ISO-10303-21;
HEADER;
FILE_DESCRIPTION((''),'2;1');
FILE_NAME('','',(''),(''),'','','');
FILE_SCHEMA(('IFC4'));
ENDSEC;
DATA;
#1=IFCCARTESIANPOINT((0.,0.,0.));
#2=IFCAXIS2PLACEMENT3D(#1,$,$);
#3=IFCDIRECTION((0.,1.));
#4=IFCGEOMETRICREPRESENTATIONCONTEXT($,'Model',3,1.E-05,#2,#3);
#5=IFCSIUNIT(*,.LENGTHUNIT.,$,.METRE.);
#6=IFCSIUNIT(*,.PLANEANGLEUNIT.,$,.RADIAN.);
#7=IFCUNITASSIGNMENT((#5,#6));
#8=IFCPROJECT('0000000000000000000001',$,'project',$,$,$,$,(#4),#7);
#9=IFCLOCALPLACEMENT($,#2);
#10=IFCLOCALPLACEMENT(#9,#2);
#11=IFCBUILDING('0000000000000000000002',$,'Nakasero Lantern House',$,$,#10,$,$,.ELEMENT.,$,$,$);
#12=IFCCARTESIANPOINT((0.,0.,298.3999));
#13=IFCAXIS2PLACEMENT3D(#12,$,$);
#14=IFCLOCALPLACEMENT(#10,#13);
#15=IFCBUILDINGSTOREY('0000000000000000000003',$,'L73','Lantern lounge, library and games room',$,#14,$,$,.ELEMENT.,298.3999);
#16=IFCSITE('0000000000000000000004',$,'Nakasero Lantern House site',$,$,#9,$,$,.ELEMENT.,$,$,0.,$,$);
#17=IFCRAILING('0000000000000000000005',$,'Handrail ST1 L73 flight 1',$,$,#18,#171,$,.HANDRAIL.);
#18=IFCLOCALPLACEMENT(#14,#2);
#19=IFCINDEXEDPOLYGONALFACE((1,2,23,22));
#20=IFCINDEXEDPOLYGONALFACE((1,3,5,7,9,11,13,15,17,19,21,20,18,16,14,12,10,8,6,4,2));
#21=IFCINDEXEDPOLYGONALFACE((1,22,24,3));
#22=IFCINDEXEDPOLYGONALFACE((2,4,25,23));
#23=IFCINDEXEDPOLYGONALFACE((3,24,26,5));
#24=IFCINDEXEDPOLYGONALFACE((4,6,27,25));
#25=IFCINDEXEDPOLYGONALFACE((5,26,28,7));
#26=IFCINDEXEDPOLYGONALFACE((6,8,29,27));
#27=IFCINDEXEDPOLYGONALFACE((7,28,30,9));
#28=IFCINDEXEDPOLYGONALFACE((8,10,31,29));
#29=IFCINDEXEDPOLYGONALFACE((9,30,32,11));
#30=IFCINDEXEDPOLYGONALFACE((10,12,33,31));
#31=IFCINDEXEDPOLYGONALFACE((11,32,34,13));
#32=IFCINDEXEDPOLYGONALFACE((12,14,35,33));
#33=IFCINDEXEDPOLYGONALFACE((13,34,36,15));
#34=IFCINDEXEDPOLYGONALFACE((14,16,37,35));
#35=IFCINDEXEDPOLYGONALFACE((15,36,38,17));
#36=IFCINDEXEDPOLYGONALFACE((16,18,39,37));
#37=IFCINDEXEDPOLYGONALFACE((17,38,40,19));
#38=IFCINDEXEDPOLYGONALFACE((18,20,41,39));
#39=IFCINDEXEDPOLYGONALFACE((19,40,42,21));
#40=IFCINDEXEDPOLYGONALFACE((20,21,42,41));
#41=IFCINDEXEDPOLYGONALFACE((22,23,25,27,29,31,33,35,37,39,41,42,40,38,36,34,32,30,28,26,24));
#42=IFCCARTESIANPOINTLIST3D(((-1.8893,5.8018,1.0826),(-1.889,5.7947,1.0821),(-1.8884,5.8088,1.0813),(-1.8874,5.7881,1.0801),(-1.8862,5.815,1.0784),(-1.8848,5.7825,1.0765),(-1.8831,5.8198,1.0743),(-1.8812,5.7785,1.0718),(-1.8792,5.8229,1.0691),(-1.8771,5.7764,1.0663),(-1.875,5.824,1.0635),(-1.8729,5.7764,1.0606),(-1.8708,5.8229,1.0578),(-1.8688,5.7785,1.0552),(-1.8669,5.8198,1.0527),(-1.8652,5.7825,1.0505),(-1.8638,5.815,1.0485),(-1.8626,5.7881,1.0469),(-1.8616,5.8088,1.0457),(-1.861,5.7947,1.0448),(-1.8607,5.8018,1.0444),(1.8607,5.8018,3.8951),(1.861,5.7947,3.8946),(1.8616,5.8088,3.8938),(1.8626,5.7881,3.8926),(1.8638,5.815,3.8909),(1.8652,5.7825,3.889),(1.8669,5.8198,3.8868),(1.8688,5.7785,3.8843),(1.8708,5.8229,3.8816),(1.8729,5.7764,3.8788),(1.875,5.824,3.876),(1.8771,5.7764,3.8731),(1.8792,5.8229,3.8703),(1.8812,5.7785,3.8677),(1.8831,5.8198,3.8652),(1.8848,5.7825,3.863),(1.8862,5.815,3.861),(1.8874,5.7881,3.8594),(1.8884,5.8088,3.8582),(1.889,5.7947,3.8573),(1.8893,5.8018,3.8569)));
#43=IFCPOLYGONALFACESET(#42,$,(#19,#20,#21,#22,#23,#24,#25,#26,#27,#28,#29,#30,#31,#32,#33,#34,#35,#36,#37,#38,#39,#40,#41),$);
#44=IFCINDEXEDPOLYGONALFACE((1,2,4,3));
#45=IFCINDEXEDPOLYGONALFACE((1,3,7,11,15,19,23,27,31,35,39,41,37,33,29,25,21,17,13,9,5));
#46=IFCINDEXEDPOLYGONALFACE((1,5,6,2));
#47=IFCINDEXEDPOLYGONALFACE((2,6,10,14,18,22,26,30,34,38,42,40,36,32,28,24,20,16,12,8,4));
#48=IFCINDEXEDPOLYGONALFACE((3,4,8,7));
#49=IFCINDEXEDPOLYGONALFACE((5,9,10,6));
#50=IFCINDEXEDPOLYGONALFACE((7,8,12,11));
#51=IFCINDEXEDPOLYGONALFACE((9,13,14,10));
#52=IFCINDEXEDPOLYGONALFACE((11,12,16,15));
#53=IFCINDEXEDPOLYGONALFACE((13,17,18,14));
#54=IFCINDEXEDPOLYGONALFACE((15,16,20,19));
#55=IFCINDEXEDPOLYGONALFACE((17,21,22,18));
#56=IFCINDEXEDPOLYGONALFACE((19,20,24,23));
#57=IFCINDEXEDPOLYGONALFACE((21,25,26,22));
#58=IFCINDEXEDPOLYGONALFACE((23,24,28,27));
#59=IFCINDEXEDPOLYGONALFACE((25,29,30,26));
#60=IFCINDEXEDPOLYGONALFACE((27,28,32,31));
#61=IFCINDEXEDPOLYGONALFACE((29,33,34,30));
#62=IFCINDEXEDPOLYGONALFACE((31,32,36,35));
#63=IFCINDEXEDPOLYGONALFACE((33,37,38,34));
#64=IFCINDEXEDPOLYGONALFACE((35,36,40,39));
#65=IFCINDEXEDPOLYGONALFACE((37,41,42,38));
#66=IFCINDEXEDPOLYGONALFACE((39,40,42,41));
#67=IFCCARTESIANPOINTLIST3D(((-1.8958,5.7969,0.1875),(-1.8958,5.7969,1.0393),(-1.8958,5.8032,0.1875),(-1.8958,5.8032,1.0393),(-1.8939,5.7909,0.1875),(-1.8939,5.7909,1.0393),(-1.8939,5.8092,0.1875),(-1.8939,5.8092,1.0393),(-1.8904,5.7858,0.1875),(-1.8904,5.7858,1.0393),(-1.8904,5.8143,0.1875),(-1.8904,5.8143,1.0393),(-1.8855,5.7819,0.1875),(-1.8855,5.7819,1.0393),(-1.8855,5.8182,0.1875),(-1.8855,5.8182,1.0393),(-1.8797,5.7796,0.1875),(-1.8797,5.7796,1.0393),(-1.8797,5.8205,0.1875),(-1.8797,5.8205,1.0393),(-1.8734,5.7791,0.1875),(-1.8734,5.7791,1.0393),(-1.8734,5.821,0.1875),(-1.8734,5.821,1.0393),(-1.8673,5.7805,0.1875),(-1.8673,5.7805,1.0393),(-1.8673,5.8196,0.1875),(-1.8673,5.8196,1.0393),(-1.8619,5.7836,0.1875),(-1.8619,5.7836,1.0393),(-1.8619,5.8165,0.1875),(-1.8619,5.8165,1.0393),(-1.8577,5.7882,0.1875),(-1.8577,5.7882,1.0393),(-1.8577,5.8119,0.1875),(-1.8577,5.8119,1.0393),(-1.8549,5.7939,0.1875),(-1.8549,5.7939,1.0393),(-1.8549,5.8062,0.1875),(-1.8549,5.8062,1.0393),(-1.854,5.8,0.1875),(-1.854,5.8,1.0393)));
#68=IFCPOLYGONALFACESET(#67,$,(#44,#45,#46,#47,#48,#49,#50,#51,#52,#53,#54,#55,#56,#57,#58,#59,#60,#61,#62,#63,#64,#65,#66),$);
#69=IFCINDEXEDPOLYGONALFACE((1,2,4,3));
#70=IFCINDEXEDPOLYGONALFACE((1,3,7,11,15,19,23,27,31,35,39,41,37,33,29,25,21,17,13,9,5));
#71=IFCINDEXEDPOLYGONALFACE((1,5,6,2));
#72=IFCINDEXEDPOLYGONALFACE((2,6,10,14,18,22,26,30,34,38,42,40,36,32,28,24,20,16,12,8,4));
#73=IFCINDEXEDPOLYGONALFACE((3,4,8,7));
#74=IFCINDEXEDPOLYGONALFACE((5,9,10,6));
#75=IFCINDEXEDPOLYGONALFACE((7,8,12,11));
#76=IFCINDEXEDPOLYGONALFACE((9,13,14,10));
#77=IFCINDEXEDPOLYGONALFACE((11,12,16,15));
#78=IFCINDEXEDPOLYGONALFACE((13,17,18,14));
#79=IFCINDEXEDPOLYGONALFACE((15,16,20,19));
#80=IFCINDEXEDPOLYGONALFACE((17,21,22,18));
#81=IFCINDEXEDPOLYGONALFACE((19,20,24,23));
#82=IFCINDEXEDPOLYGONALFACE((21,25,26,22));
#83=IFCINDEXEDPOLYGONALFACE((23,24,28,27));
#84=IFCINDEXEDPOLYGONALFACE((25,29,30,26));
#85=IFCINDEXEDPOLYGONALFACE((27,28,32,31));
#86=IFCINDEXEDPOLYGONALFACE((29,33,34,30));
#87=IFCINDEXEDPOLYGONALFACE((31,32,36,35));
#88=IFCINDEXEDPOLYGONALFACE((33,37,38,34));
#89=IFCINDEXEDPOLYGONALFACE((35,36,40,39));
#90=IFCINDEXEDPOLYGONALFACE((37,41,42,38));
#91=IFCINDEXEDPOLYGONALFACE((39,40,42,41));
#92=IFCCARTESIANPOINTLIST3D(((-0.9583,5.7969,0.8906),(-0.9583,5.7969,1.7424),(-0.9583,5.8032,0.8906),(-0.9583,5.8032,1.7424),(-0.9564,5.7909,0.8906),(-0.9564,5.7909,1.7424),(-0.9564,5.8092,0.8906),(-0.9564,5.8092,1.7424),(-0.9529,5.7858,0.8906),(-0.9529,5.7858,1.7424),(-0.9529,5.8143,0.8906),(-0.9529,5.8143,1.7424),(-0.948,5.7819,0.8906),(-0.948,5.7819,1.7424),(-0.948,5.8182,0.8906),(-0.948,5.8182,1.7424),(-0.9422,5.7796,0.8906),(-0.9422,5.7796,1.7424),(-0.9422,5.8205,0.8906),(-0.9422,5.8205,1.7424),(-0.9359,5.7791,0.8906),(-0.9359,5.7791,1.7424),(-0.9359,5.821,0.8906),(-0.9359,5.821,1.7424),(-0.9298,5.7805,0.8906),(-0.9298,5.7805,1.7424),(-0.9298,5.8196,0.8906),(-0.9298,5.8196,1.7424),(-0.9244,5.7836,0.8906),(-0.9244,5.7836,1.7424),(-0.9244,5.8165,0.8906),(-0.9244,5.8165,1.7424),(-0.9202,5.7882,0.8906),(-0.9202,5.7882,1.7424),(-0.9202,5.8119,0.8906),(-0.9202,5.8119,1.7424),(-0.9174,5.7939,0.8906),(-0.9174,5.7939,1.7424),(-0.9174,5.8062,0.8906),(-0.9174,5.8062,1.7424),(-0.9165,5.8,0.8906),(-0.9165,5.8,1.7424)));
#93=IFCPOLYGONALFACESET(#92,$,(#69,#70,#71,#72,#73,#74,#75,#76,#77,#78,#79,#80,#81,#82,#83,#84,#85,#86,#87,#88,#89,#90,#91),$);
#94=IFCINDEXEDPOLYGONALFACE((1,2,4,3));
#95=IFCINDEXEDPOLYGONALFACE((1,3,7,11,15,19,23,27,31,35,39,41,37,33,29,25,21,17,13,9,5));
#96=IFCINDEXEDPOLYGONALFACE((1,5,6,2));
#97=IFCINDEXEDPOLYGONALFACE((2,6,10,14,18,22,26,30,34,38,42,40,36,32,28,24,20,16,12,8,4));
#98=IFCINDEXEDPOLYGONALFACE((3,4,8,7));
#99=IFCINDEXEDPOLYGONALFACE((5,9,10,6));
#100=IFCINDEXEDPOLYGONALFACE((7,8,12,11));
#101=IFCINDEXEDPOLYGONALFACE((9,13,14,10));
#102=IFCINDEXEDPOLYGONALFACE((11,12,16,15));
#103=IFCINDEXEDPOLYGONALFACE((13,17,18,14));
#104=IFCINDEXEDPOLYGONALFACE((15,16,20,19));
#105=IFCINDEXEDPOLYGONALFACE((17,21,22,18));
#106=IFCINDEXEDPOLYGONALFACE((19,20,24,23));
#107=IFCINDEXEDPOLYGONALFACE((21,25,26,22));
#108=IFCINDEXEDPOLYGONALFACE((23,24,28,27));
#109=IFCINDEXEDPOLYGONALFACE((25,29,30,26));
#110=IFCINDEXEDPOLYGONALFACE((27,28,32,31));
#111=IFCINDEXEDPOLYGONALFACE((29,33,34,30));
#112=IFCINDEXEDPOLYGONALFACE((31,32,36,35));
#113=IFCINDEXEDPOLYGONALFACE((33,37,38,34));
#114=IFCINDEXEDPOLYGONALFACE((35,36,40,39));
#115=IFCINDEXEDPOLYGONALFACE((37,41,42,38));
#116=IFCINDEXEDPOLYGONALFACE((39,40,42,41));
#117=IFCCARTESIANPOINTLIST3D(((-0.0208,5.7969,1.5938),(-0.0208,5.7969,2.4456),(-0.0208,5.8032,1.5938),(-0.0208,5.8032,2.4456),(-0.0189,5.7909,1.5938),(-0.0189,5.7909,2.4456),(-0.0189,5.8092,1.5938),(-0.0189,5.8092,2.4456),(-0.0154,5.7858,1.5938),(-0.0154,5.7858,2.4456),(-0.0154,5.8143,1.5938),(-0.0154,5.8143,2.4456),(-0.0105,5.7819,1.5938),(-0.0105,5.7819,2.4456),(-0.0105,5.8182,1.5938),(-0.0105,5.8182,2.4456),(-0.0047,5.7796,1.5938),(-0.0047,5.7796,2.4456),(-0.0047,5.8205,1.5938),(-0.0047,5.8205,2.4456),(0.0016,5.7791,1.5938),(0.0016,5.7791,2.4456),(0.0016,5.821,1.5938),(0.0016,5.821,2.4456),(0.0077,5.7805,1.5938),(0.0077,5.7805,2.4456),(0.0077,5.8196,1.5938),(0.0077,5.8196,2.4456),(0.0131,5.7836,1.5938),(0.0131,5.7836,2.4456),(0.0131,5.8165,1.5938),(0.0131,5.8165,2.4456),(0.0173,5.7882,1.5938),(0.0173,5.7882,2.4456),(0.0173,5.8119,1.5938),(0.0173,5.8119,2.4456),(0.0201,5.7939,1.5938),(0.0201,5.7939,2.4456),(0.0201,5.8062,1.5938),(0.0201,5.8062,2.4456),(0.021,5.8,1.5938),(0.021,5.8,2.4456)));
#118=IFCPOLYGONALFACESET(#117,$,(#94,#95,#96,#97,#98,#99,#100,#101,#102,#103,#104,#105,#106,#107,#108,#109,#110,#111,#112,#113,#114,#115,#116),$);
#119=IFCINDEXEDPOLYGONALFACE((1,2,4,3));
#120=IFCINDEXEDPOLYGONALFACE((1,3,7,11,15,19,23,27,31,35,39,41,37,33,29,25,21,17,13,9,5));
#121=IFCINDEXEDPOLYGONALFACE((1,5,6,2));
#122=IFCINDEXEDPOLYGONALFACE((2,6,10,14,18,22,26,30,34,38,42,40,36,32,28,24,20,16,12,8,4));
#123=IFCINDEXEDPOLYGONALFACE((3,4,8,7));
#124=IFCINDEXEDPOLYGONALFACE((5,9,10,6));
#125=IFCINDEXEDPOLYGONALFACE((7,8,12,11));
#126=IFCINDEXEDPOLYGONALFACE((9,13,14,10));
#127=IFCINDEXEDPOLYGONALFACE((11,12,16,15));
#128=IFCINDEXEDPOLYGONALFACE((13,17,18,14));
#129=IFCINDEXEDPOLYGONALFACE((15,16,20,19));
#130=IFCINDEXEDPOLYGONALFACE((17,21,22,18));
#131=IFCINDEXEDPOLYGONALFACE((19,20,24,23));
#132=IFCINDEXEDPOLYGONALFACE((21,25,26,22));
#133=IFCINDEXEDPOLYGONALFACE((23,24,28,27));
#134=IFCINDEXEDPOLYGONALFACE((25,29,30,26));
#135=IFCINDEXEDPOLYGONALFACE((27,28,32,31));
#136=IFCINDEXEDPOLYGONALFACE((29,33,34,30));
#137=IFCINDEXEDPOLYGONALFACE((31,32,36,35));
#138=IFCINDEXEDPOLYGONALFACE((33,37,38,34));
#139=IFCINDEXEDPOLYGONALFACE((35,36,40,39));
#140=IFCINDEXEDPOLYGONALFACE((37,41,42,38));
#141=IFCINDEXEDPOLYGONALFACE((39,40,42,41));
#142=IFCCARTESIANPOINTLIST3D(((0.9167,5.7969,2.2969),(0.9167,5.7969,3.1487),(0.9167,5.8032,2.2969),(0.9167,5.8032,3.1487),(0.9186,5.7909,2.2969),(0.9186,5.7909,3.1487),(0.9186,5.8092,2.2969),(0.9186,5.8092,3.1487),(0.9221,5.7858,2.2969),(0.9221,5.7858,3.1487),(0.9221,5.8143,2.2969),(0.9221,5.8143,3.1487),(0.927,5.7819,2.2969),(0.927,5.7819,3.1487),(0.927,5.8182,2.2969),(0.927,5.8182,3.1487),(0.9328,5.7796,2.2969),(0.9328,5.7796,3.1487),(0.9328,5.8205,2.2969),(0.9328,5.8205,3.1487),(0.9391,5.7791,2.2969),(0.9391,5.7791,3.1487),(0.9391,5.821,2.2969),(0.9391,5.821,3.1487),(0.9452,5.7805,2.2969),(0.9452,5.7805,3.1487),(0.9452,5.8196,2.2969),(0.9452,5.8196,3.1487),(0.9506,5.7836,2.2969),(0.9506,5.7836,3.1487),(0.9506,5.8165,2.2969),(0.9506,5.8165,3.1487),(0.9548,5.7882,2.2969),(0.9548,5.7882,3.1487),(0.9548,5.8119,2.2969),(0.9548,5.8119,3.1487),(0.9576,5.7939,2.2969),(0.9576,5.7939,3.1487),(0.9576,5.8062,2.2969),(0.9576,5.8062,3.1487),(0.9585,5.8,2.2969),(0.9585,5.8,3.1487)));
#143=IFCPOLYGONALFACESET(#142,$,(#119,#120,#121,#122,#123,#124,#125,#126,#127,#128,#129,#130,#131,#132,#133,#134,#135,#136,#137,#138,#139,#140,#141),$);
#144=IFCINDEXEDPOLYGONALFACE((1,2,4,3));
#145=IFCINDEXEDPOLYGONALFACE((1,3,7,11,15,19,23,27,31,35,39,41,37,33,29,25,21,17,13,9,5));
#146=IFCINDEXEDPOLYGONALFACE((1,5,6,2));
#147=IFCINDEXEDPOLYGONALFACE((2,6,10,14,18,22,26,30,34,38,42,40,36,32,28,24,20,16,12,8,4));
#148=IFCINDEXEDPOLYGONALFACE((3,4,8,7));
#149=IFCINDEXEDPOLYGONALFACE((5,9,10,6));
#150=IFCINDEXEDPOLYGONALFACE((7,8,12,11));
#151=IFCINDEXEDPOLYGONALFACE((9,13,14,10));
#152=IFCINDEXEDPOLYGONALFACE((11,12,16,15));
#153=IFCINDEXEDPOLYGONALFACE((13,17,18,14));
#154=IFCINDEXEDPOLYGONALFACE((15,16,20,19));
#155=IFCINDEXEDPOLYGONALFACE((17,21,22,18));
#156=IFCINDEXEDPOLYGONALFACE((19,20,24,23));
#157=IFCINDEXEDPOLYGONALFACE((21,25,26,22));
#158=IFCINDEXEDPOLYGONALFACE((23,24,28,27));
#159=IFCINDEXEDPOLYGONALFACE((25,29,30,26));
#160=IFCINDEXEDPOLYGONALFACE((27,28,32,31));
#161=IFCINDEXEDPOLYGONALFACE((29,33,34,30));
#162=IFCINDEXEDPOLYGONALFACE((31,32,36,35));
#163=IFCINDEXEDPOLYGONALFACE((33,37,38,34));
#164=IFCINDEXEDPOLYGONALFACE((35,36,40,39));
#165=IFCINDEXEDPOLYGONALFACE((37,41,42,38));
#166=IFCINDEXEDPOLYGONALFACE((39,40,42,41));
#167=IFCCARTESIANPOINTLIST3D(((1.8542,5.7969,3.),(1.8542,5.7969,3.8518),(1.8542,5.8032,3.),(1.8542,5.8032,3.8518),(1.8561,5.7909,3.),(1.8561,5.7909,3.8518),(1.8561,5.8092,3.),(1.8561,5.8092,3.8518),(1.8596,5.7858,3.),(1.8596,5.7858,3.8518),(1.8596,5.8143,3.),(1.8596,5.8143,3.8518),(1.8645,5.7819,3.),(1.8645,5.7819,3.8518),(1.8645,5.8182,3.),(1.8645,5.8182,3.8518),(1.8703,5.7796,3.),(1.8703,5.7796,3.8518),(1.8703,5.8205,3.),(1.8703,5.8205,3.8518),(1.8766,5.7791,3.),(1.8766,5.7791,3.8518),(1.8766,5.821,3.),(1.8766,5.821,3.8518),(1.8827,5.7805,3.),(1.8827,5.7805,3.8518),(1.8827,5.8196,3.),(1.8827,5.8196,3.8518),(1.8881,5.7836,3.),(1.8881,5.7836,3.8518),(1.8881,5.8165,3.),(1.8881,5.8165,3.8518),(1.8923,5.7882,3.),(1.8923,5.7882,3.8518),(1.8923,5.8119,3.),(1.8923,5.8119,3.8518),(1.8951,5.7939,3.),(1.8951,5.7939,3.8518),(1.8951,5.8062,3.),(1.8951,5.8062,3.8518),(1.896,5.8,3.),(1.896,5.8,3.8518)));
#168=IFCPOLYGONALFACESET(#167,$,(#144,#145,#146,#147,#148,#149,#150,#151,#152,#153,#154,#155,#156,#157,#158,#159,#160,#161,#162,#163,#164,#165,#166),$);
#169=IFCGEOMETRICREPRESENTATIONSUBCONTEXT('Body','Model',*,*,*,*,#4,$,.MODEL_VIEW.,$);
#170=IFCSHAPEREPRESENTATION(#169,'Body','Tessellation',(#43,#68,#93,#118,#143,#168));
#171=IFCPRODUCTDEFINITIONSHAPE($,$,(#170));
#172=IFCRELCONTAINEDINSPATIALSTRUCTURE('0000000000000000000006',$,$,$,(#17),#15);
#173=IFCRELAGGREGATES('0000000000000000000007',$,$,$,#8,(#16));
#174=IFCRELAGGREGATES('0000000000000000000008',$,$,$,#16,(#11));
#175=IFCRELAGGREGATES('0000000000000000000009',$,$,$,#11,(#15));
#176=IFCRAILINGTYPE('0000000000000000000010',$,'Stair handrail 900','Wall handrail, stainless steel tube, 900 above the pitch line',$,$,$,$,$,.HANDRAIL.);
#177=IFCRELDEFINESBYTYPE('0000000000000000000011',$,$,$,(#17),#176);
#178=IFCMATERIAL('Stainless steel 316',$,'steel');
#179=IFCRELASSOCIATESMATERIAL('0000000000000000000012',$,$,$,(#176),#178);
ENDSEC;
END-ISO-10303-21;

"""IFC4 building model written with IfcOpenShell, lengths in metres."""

from ifc_helpers import new_model, si_unit, direction, frame, origin, origin_2d, place, context, subcontext, project, spatial, circle, extrude, material, type_object, element, save


model = new_model("IFC4")

# Units and contexts
model_context = context("Model", 3, precision=1e-05, world=origin(), true_north=direction((0.0, 1.0)))
body_context = subcontext(model_context, "Body", "Model", "MODEL_VIEW")
ifc_project = project(units=[si_unit("LENGTHUNIT", "METRE"), si_unit("PLANEANGLEUNIT", "RADIAN")], contexts=[model_context])

# Site, building, storey
site_placement = place(None, origin())
site = spatial("IfcSite", under=ifc_project, at=site_placement, Name="Nakasero Lantern House site", CompositionType="ELEMENT", RefElevation=0.0)
building_placement = place(site_placement, origin())
building = spatial("IfcBuilding", under=site, at=building_placement, Name="Nakasero Lantern House", CompositionType="ELEMENT")
storey_placement = place(building_placement, frame((0.0, 0.0, 298.3999)))
storey = spatial("IfcBuildingStorey", under=building, at=storey_placement, Name="L73", Description="Lantern lounge, library and games room", CompositionType="ELEMENT", Elevation=298.3999)

# Railing
ifc_material_1 = material(Name="Stainless steel 316", Category="steel")
railing_type = type_object("IfcRailingType", Name="Stair handrail 900", Description="Wall handrail, stainless steel tube, 900 above the pitch line", PredefinedType="HANDRAIL", material=ifc_material_1)
railing_placement = place(storey_placement, frame((-1.875, 5.8, 0.1875)))
element("IfcRailing", 1, at=railing_placement, inside=storey, type_object=railing_type, Name="Handrail ST1 L73 flight 1", PredefinedType="HANDRAIL", context=body_context, shape_type="SweptSolid", body=[
    extrude(circle(Radius=0.0239, at=origin_2d()), frame((0.0, 0.0, 0.876), z_axis=(0.8, 0.0, 0.6), x_axis=(0.0, 1.0, 0.0)), (0.0, 0.0, 1.0), 4.6875),
    extrude(circle(Radius=0.021, at=origin_2d()), origin(), (0.0, 0.0, 1.0), 0.8518),
    extrude(circle(Radius=0.021, at=origin_2d()), frame((0.9375, 0.0, 0.7031)), (0.0, 0.0, 1.0), 0.8518),
    extrude(circle(Radius=0.021, at=origin_2d()), frame((1.875, 0.0, 1.4062)), (0.0, 0.0, 1.0), 0.8518),
    extrude(circle(Radius=0.021, at=origin_2d()), frame((2.8125, 0.0, 2.1094)), (0.0, 0.0, 1.0), 0.8518),
    extrude(circle(Radius=0.021, at=origin_2d()), frame((3.75, 0.0, 2.8125)), (0.0, 0.0, 1.0), 0.8518),
])

save(model, "model.ifc")
